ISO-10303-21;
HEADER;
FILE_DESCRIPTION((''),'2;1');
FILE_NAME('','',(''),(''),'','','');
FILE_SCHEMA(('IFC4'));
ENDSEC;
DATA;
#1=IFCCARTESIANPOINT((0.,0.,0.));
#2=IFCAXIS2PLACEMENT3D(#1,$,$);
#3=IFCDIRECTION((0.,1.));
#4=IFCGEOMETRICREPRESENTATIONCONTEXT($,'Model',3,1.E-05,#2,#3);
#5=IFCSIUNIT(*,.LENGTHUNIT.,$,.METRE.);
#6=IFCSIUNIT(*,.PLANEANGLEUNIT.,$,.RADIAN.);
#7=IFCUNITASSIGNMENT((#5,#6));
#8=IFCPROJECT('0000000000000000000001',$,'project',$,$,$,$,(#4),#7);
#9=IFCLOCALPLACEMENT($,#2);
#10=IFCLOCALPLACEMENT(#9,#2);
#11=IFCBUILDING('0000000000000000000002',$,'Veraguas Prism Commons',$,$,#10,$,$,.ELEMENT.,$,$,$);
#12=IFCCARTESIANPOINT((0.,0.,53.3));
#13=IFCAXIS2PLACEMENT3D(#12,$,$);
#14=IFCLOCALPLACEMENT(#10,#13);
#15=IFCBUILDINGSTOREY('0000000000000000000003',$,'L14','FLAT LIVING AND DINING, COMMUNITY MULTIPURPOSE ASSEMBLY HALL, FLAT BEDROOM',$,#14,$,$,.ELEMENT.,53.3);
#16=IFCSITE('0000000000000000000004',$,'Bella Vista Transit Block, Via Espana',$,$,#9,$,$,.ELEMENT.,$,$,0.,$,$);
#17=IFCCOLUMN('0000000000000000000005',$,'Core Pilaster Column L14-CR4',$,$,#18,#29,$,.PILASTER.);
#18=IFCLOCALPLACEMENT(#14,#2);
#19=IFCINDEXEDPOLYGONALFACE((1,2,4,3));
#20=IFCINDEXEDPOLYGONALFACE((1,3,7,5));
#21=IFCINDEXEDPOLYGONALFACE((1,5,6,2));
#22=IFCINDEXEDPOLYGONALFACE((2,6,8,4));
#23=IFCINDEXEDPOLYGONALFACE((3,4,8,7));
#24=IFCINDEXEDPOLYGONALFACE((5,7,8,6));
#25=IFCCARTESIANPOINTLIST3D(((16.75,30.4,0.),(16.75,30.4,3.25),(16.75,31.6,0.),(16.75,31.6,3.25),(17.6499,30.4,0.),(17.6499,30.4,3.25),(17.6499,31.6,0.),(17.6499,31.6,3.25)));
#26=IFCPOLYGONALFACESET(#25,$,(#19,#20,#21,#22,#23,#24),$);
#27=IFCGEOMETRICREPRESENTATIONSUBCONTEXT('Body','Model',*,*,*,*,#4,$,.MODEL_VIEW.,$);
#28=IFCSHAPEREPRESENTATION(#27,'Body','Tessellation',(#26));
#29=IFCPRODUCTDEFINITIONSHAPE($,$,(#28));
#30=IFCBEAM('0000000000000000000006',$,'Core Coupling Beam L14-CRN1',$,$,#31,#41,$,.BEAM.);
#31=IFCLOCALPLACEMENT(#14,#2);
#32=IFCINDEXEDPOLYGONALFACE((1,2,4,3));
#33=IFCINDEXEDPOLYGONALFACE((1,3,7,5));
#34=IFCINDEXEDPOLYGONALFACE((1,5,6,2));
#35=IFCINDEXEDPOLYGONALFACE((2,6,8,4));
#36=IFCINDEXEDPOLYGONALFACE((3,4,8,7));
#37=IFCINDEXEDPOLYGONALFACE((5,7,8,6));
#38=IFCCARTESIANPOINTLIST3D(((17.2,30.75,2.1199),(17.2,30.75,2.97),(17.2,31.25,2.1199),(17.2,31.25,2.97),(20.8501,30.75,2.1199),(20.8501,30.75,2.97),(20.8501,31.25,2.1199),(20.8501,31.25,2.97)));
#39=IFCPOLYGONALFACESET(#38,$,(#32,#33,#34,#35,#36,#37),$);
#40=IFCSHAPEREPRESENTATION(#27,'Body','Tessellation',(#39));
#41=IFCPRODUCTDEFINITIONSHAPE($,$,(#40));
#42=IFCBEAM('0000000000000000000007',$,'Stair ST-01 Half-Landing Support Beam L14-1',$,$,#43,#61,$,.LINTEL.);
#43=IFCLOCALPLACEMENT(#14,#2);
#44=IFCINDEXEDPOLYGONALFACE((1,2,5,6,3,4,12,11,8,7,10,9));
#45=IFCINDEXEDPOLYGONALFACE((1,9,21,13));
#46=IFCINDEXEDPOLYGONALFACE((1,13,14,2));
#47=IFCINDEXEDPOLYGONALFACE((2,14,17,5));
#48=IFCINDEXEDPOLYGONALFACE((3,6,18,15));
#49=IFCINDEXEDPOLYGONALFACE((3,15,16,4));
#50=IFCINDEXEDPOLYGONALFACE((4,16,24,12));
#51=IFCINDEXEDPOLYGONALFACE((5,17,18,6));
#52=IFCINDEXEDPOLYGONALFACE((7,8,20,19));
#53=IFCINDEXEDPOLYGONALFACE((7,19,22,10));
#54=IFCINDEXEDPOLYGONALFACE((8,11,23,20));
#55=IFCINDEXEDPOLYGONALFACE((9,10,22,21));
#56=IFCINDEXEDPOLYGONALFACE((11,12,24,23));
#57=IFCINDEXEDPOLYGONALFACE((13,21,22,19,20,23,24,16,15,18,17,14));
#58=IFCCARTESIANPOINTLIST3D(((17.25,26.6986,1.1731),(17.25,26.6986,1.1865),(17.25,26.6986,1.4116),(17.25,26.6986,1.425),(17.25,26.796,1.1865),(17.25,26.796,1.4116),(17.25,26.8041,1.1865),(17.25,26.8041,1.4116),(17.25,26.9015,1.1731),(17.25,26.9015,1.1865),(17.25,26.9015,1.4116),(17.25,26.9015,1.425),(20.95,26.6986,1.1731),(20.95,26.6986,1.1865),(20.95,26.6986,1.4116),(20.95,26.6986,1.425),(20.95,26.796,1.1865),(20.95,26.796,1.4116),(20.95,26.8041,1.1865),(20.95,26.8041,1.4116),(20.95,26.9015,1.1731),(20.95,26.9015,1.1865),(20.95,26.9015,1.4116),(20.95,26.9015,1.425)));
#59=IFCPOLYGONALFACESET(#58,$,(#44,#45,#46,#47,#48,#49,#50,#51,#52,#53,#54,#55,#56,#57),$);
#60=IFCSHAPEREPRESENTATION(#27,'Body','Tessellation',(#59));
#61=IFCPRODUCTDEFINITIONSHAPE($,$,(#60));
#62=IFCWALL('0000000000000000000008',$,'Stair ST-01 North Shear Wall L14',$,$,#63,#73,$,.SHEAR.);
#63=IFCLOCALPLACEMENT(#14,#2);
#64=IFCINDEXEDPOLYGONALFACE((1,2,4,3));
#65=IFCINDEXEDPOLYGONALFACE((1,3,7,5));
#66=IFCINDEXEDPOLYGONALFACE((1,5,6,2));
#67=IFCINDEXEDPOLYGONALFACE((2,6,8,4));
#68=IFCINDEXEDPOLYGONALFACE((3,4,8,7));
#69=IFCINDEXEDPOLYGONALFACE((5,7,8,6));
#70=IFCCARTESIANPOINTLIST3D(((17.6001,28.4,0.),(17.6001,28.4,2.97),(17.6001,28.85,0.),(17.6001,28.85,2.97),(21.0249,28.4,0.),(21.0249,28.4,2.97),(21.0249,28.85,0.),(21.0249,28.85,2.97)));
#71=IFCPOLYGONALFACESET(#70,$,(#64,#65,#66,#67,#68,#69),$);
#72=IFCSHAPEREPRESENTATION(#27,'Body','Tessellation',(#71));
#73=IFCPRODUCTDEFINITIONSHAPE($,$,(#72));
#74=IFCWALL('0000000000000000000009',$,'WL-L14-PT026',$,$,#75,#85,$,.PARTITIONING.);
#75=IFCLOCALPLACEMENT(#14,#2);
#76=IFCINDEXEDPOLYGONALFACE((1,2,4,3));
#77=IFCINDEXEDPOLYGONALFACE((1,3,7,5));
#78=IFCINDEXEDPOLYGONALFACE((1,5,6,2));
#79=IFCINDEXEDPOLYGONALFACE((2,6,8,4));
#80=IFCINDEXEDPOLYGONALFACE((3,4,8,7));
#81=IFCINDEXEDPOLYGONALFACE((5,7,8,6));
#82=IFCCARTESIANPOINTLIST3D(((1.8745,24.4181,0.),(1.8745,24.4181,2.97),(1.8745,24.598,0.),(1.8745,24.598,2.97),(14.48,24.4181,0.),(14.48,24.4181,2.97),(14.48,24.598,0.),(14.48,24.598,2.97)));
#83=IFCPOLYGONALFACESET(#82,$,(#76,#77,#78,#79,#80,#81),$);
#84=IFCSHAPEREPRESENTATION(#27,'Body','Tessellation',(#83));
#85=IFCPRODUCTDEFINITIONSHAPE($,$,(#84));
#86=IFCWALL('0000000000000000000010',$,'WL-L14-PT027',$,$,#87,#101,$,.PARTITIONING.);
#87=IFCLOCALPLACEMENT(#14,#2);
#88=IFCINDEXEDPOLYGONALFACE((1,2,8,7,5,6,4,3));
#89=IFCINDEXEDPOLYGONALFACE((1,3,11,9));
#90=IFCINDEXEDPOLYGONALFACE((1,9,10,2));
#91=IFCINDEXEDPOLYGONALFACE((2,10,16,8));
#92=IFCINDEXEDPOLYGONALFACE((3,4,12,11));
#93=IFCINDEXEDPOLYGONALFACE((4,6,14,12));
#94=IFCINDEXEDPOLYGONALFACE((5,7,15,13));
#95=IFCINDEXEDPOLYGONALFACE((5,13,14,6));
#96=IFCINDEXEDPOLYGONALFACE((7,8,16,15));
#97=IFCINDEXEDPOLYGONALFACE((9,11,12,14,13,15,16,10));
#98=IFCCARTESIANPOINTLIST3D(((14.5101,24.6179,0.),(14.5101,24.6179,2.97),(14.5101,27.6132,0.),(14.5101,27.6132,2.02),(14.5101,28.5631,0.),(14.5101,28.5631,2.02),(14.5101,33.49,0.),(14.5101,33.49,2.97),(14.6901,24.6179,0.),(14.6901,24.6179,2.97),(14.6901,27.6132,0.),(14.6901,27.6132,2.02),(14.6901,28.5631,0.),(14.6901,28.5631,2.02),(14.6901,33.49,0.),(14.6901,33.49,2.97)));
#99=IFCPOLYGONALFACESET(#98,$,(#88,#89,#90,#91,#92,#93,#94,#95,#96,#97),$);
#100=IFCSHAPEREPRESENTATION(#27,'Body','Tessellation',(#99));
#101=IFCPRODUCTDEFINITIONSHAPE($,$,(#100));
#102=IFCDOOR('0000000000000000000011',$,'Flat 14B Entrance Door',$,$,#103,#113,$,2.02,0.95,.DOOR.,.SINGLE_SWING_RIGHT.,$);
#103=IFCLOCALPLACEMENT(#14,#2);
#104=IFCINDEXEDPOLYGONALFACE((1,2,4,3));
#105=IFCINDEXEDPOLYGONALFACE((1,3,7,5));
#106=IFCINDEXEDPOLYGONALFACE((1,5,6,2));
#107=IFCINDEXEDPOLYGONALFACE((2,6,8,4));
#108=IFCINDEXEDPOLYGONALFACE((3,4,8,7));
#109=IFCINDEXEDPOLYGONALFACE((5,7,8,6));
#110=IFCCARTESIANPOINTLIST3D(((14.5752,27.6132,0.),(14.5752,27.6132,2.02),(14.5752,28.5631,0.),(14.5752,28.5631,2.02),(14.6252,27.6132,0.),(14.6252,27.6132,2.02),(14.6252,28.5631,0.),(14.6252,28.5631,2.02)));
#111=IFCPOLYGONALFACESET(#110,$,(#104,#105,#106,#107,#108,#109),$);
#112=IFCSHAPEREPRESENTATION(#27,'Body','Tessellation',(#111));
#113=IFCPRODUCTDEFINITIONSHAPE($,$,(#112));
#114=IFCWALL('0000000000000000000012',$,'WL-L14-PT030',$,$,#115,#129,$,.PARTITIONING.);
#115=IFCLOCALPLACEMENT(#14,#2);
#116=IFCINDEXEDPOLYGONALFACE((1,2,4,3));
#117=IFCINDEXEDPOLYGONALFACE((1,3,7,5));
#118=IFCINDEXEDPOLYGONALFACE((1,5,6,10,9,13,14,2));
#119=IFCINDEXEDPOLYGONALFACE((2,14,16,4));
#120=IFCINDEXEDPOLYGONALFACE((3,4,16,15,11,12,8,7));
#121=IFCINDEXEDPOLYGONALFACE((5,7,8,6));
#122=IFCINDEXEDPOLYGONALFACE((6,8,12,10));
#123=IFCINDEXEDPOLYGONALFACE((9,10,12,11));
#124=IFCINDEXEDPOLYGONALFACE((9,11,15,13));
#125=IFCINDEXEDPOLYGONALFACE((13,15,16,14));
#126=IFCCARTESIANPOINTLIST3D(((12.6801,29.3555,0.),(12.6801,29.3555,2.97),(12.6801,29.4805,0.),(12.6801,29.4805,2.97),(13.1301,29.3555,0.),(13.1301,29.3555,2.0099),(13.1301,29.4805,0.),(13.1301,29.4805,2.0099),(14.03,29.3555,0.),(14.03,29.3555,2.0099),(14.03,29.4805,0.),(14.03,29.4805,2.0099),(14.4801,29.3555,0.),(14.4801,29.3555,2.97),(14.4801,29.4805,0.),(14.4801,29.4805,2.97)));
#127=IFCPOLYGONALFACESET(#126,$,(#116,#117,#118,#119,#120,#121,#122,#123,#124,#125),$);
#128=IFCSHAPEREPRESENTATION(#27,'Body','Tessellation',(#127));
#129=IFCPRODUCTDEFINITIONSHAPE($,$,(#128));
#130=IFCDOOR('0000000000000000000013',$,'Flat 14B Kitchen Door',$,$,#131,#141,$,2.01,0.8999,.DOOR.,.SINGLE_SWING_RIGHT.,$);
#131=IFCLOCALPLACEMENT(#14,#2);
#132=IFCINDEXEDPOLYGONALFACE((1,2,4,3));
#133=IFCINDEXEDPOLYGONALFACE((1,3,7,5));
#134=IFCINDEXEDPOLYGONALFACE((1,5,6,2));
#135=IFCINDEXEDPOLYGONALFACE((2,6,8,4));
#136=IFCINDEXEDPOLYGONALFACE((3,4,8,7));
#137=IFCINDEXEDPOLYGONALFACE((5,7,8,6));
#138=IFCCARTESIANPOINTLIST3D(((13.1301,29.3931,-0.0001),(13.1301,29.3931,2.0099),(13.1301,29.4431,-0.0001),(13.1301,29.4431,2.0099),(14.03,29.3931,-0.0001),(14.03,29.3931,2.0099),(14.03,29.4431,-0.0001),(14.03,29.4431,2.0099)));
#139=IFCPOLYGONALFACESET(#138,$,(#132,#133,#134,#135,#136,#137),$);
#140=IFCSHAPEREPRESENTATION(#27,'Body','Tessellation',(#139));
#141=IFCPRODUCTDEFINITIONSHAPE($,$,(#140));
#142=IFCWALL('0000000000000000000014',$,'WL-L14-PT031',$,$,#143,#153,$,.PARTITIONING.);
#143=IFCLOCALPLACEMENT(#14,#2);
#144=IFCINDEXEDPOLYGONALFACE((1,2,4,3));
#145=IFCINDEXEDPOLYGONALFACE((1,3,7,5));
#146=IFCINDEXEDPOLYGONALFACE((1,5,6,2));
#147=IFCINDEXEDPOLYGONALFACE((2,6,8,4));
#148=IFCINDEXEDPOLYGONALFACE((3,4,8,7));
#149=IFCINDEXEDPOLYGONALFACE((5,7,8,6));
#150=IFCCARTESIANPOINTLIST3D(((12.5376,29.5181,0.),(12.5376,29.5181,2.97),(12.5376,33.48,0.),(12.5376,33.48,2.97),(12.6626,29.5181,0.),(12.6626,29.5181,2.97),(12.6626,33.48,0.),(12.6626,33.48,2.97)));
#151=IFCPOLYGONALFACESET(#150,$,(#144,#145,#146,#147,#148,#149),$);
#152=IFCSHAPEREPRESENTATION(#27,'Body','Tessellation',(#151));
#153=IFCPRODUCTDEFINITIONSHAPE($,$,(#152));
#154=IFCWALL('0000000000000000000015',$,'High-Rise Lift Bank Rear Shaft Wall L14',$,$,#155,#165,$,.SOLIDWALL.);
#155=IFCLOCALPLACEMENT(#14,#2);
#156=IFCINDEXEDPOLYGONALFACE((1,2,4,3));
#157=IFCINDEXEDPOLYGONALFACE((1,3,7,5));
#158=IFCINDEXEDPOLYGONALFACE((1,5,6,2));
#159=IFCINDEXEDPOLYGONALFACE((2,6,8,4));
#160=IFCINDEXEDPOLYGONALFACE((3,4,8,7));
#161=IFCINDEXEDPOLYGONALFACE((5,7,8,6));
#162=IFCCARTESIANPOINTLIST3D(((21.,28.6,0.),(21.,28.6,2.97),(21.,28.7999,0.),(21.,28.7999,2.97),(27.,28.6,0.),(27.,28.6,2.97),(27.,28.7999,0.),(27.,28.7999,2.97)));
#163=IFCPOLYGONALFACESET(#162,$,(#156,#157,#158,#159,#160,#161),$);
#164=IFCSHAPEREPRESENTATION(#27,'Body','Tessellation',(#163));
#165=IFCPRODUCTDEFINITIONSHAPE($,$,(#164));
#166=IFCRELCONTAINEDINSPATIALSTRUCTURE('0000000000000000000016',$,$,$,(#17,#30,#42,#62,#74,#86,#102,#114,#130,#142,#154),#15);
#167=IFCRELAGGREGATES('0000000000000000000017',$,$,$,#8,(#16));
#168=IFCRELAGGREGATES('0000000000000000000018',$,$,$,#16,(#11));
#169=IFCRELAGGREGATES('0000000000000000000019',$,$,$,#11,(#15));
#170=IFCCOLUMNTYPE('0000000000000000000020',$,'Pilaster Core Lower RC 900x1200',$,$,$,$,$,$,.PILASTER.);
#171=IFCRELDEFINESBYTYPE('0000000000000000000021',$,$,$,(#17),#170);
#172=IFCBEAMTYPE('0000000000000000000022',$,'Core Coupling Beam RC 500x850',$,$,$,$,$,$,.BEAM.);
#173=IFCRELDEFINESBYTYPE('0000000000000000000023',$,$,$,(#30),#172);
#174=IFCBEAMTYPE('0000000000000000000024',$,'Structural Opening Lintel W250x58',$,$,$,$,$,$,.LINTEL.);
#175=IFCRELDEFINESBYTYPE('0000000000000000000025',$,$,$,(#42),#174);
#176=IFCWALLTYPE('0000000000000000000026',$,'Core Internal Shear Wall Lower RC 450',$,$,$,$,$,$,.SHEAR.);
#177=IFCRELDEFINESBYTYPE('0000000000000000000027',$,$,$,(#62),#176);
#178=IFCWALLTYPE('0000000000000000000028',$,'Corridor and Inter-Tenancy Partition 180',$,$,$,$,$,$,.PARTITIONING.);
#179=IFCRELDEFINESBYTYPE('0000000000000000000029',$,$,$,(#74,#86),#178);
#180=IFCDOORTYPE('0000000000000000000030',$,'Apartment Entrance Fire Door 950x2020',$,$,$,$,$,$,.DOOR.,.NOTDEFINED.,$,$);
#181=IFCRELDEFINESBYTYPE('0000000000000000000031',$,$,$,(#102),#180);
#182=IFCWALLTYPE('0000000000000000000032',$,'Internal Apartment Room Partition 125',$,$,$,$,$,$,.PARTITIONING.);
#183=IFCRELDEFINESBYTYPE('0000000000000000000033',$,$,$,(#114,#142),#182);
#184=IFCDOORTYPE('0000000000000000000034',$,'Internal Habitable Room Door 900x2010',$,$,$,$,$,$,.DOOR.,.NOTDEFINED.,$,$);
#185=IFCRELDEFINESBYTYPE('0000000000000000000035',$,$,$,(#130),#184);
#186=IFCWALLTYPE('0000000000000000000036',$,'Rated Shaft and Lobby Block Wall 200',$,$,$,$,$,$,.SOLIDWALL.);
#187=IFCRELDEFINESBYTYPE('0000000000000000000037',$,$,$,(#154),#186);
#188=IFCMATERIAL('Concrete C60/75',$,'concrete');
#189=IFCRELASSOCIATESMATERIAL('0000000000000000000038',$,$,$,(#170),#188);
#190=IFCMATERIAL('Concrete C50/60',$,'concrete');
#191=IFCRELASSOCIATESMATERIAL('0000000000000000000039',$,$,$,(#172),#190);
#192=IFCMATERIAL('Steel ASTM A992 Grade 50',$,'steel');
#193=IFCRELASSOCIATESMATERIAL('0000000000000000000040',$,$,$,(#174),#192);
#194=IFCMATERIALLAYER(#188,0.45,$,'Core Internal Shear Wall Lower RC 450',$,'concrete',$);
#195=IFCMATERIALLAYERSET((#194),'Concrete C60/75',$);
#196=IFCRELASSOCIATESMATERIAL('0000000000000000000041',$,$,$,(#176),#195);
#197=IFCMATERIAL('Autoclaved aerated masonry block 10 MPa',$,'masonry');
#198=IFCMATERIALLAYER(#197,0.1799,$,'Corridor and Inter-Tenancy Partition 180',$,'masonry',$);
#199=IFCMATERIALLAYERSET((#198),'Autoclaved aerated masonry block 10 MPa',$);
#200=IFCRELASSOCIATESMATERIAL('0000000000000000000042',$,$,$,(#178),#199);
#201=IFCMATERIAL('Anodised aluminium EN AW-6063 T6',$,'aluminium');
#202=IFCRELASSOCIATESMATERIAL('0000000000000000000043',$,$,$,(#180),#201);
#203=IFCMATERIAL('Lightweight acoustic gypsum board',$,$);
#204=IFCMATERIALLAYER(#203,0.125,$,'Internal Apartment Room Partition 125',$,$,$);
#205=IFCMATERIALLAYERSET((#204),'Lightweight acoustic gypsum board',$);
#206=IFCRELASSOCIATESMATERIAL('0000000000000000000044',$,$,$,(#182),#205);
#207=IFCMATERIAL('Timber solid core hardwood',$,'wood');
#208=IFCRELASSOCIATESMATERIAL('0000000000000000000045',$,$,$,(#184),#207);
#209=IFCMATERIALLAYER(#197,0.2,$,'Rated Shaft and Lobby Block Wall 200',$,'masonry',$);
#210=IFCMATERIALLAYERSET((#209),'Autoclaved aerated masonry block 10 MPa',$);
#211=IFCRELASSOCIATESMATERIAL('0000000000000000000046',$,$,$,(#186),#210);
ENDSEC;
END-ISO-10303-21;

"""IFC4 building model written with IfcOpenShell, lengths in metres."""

from ifc_helpers import new_model, si_unit, direction, frame, frame_2d, origin, origin_2d, place, context, subcontext, project, spatial, rectangle, i_section, extrude, source, transform, mapped, material, layer, layer_set, material_profile, profile_set, type_object, element, fill, save


model = new_model("IFC4")

# Units and contexts
model_context = context("Model", 3, precision=1e-05, world=origin(), true_north=direction((0.0, 1.0)))
body_context = subcontext(model_context, "Body", "Model", "MODEL_VIEW")
ifc_project = project(units=[si_unit("LENGTHUNIT", "METRE"), si_unit("PLANEANGLEUNIT", "RADIAN")], contexts=[model_context])

# Site, building, storey
site_placement = place(None, origin())
site = spatial("IfcSite", under=ifc_project, at=site_placement, Name="Bella Vista Transit Block, Via Espana", CompositionType="ELEMENT", RefElevation=0.0)
building_placement = place(site_placement, origin())
building = spatial("IfcBuilding", under=site, at=building_placement, Name="Veraguas Prism Commons", CompositionType="ELEMENT")
storey_placement = place(building_placement, frame((0.0, 0.0, 53.3)))
storey = spatial("IfcBuildingStorey", under=building, at=storey_placement, Name="L14", Description="FLAT LIVING AND DINING, COMMUNITY MULTIPURPOSE ASSEMBLY HALL, FLAT BEDROOM", CompositionType="ELEMENT", Elevation=53.3)

# Column
ifc_material_1 = material(Name="Concrete C60/75", Category="concrete")
ifc_material_profile_1 = material_profile(ifc_material_1, rectangle(XDim=0.8999, YDim=1.2, at=origin_2d()), Name="RC900X1200")
ifc_profile_set_1 = profile_set([ifc_material_profile_1], Name="Concrete C60/75")
column_type = type_object("IfcColumnType", Name="Pilaster Core Lower RC 900x1200", PredefinedType="PILASTER", material=ifc_profile_set_1)
column_placement = place(storey_placement, frame((17.2, 31.0, 0.0), z_axis=(0.0, 0.0, 1.0), x_axis=(1.0, 0.0, 0.0)))
element("IfcColumn", 1, at=column_placement, inside=storey, type_object=column_type, Name="Core Pilaster Column L14-CR4", PredefinedType="PILASTER", context=body_context, shape_type="SweptSolid", body=[
    extrude(rectangle(XDim=0.8999, YDim=1.2, at=origin_2d()), origin(), (0.0, 0.0, 1.0), 3.25),
])

# Beams
ifc_material_2 = material(Name="Concrete C50/60", Category="concrete")
ifc_material_profile_2 = material_profile(ifc_material_2, rectangle(XDim=0.5, YDim=0.8501, at=origin_2d()), Name="RC500X850")
ifc_profile_set_2 = profile_set([ifc_material_profile_2], Name="Concrete C50/60")
beam_type_1 = type_object("IfcBeamType", Name="Core Coupling Beam RC 500x850", PredefinedType="BEAM", material=ifc_profile_set_2)
beam_1_placement = place(storey_placement, frame((17.2, 31.0, 2.5449), z_axis=(1.0, 0.0, 0.0), x_axis=(0.0, 1.0, 0.0)))
element("IfcBeam", 2, at=beam_1_placement, inside=storey, type_object=beam_type_1, Name="Core Coupling Beam L14-CRN1", PredefinedType="BEAM", context=body_context, shape_type="SweptSolid", body=[
    extrude(rectangle(XDim=0.5, YDim=0.8501, at=origin_2d()), origin(), (0.0, 0.0, 1.0), 3.6501),
])
ifc_material_3 = material(Name="Steel ASTM A992 Grade 50", Category="steel")
ifc_material_profile_3 = material_profile(ifc_material_3, i_section(OverallWidth=0.2029, OverallDepth=0.252, WebThickness=0.0081, FlangeThickness=0.0134, at=origin_2d()), Name="W250X58")
ifc_profile_set_3 = profile_set([ifc_material_profile_3], Name="Steel ASTM A992 Grade 50")
beam_type_2 = type_object("IfcBeamType", Name="Structural Opening Lintel W250x58", PredefinedType="LINTEL", material=ifc_profile_set_3)
beam_2_placement = place(storey_placement, frame((17.25, 26.8, 1.2991), z_axis=(1.0, 0.0, 0.0), x_axis=(0.0, 1.0, 0.0)))
element("IfcBeam", 3, at=beam_2_placement, inside=storey, type_object=beam_type_2, Name="Stair ST-01 Half-Landing Support Beam L14-1", PredefinedType="LINTEL", context=body_context, shape_type="SweptSolid", body=[
    extrude(i_section(OverallWidth=0.2029, OverallDepth=0.252, WebThickness=0.0081, FlangeThickness=0.0134, at=origin_2d()), origin(), (0.0, 0.0, 1.0), 3.7),
])

# Walls
ifc_layer_1 = layer(ifc_material_1, 0.45, Name="Core Internal Shear Wall Lower RC 450", Category="concrete")
ifc_layer_set_1 = layer_set([ifc_layer_1], Name="Concrete C60/75")
wall_type_1 = type_object("IfcWallType", Name="Core Internal Shear Wall Lower RC 450", PredefinedType="SHEAR", material=ifc_layer_set_1)
wall_1_placement = place(storey_placement, frame((17.6001, 28.625, 0.0), z_axis=(0.0, 0.0, 1.0), x_axis=(1.0, 0.0, 0.0)))
element("IfcWall", 4, at=wall_1_placement, inside=storey, type_object=wall_type_1, Name="Stair ST-01 North Shear Wall L14", PredefinedType="SHEAR", context=body_context, shape_type="SweptSolid", body=[
    extrude(rectangle(XDim=3.4248, YDim=0.45, at=frame_2d((1.7124, 0.0))), origin(), (0.0, 0.0, 1.0), 2.97),
])
ifc_material_4 = material(Name="Autoclaved aerated masonry block 10 MPa", Category="masonry")
ifc_layer_2 = layer(ifc_material_4, 0.1799, Name="Corridor and Inter-Tenancy Partition 180", Category="masonry")
ifc_layer_set_2 = layer_set([ifc_layer_2], Name="Autoclaved aerated masonry block 10 MPa")
wall_type_2 = type_object("IfcWallType", Name="Corridor and Inter-Tenancy Partition 180", PredefinedType="PARTITIONING", material=ifc_layer_set_2)
wall_2_placement = place(storey_placement, frame((14.48, 24.5081, 0.0), z_axis=(0.0, 0.0, 1.0), x_axis=(-1.0, 0.0, 0.0)))
element("IfcWall", 5, at=wall_2_placement, inside=storey, type_object=wall_type_2, Name="WL-L14-PT026", PredefinedType="PARTITIONING", context=body_context, shape_type="SweptSolid", body=[
    extrude(rectangle(XDim=12.6055, YDim=0.1799, at=frame_2d((6.3027, 0.0))), origin(), (0.0, 0.0, 1.0), 2.97),
])

# Walls, openings, doors
wall_3_placement = place(storey_placement, frame((14.6001, 24.6179, 0.0), z_axis=(0.0, 0.0, 1.0), x_axis=(0.0, 1.0, 0.0)))
wall_3 = element("IfcWall", 6, at=wall_3_placement, inside=storey, type_object=wall_type_2, Name="WL-L14-PT027", PredefinedType="PARTITIONING", context=body_context, shape_type="SweptSolid", body=[
    extrude(rectangle(XDim=8.8721, YDim=0.1799, at=frame_2d((4.436, 0.0))), origin(), (0.0, 0.0, 1.0), 2.97),
])
opening_1_placement = place(wall_3_placement, frame((2.9951, 0.0, 0.0)))
opening_1 = element("IfcOpeningElement", 7, at=opening_1_placement, cuts=wall_3, PredefinedType="OPENING", context=body_context, shape_type="SweptSolid", body=[
    extrude(rectangle(XDim=0.95, YDim=2.02, at=frame_2d((0.4751, 1.01))), frame((0.0, 0.0999, 0.0), z_axis=(0.0, -1.0, 0.0), x_axis=(1.0, 0.0, 0.0)), (0.0, 0.0, 1.0), 0.2),
])
ifc_material_5 = material(Name="Anodised aluminium EN AW-6063 T6", Category="aluminium")
door_type_1 = type_object("IfcDoorType", Name="Apartment Entrance Fire Door 950x2020", OperationType="NOTDEFINED", PredefinedType="DOOR", material=ifc_material_5)
shared_shape_1 = source(origin(), body_context, "Body", "SweptSolid", [
    extrude(rectangle(XDim=0.95, YDim=2.02, at=frame_2d((0.4751, 1.01))), frame((0.0, 0.0249, 0.0), z_axis=(0.0, -1.0, 0.0), x_axis=(1.0, 0.0, 0.0)), (0.0, 0.0, 1.0), 0.05),
])
door_1_placement = place(opening_1_placement, origin())
door_1 = element("IfcDoor", 8, at=door_1_placement, inside=storey, type_object=door_type_1, Name="Flat 14B Entrance Door", OperationType="SINGLE_SWING_RIGHT", OverallHeight=2.02, OverallWidth=0.95, PredefinedType="DOOR", context=body_context, shape_type="MappedRepresentation", body=[
    mapped(shared_shape_1, transform((0.0, 0.0, 0.0), scale=1.0)),
])
fill(opening_1, door_1)
ifc_material_6 = material(Name="Lightweight acoustic gypsum board")
ifc_layer_3 = layer(ifc_material_6, 0.125, Name="Internal Apartment Room Partition 125")
ifc_layer_set_3 = layer_set([ifc_layer_3], Name="Lightweight acoustic gypsum board")
wall_type_3 = type_object("IfcWallType", Name="Internal Apartment Room Partition 125", PredefinedType="PARTITIONING", material=ifc_layer_set_3)
wall_4_placement = place(storey_placement, frame((14.48, 29.418, 0.0), z_axis=(0.0, 0.0, 1.0), x_axis=(-1.0, 0.0, 0.0)))
wall_4 = element("IfcWall", 9, at=wall_4_placement, inside=storey, type_object=wall_type_3, Name="WL-L14-PT030", PredefinedType="PARTITIONING", context=body_context, shape_type="SweptSolid", body=[
    extrude(rectangle(XDim=1.8, YDim=0.125, at=frame_2d((0.8999, 0.0))), origin(), (0.0, 0.0, 1.0), 2.97),
])
opening_2_placement = place(wall_4_placement, frame((0.45, 0.0, 0.0)))
opening_2 = element("IfcOpeningElement", 10, at=opening_2_placement, cuts=wall_4, PredefinedType="OPENING", context=body_context, shape_type="SweptSolid", body=[
    extrude(rectangle(XDim=0.8999, YDim=2.01, at=frame_2d((0.45, 1.0049))), frame((0.0, 0.0725, 0.0), z_axis=(0.0, -1.0, 0.0), x_axis=(1.0, 0.0, 0.0)), (0.0, 0.0, 1.0), 0.145),
])
ifc_material_7 = material(Name="Timber solid core hardwood", Category="wood")
door_type_2 = type_object("IfcDoorType", Name="Internal Habitable Room Door 900x2010", OperationType="NOTDEFINED", PredefinedType="DOOR", material=ifc_material_7)
shared_shape_2 = source(origin(), body_context, "Body", "SweptSolid", [
    extrude(rectangle(XDim=0.8999, YDim=2.01, at=frame_2d((0.45, 1.0049))), frame((0.0, 0.0249, 0.0), z_axis=(0.0, -1.0, 0.0), x_axis=(1.0, 0.0, 0.0)), (0.0, 0.0, 1.0), 0.05),
])
door_2_placement = place(opening_2_placement, origin())
door_2 = element("IfcDoor", 11, at=door_2_placement, inside=storey, type_object=door_type_2, Name="Flat 14B Kitchen Door", OperationType="SINGLE_SWING_RIGHT", OverallHeight=2.01, OverallWidth=0.8999, PredefinedType="DOOR", context=body_context, shape_type="MappedRepresentation", body=[
    mapped(shared_shape_2, transform((0.0, 0.0, 0.0), scale=1.0)),
])
fill(opening_2, door_2)

# Walls
wall_5_placement = place(storey_placement, frame((12.6001, 29.5181, 0.0), z_axis=(0.0, 0.0, 1.0), x_axis=(0.0, 1.0, 0.0)))
element("IfcWall", 12, at=wall_5_placement, inside=storey, type_object=wall_type_3, Name="WL-L14-PT031", PredefinedType="PARTITIONING", context=body_context, shape_type="SweptSolid", body=[
    extrude(rectangle(XDim=3.9619, YDim=0.125, at=frame_2d((1.981, 0.0))), origin(), (0.0, 0.0, 1.0), 2.97),
])
ifc_layer_4 = layer(ifc_material_4, 0.2, Name="Rated Shaft and Lobby Block Wall 200", Category="masonry")
ifc_layer_set_4 = layer_set([ifc_layer_4], Name="Autoclaved aerated masonry block 10 MPa")
wall_type_4 = type_object("IfcWallType", Name="Rated Shaft and Lobby Block Wall 200", PredefinedType="SOLIDWALL", material=ifc_layer_set_4)
wall_6_placement = place(storey_placement, frame((21.0, 28.7, 0.0), z_axis=(0.0, 0.0, 1.0), x_axis=(1.0, 0.0, 0.0)))
element("IfcWall", 13, at=wall_6_placement, inside=storey, type_object=wall_type_4, Name="High-Rise Lift Bank Rear Shaft Wall L14", PredefinedType="SOLIDWALL", context=body_context, shape_type="SweptSolid", body=[
    extrude(rectangle(XDim=6.0, YDim=0.2, at=frame_2d((3.0, 0.0))), origin(), (0.0, 0.0, 1.0), 2.97),
])

save(model, "model.ifc")
